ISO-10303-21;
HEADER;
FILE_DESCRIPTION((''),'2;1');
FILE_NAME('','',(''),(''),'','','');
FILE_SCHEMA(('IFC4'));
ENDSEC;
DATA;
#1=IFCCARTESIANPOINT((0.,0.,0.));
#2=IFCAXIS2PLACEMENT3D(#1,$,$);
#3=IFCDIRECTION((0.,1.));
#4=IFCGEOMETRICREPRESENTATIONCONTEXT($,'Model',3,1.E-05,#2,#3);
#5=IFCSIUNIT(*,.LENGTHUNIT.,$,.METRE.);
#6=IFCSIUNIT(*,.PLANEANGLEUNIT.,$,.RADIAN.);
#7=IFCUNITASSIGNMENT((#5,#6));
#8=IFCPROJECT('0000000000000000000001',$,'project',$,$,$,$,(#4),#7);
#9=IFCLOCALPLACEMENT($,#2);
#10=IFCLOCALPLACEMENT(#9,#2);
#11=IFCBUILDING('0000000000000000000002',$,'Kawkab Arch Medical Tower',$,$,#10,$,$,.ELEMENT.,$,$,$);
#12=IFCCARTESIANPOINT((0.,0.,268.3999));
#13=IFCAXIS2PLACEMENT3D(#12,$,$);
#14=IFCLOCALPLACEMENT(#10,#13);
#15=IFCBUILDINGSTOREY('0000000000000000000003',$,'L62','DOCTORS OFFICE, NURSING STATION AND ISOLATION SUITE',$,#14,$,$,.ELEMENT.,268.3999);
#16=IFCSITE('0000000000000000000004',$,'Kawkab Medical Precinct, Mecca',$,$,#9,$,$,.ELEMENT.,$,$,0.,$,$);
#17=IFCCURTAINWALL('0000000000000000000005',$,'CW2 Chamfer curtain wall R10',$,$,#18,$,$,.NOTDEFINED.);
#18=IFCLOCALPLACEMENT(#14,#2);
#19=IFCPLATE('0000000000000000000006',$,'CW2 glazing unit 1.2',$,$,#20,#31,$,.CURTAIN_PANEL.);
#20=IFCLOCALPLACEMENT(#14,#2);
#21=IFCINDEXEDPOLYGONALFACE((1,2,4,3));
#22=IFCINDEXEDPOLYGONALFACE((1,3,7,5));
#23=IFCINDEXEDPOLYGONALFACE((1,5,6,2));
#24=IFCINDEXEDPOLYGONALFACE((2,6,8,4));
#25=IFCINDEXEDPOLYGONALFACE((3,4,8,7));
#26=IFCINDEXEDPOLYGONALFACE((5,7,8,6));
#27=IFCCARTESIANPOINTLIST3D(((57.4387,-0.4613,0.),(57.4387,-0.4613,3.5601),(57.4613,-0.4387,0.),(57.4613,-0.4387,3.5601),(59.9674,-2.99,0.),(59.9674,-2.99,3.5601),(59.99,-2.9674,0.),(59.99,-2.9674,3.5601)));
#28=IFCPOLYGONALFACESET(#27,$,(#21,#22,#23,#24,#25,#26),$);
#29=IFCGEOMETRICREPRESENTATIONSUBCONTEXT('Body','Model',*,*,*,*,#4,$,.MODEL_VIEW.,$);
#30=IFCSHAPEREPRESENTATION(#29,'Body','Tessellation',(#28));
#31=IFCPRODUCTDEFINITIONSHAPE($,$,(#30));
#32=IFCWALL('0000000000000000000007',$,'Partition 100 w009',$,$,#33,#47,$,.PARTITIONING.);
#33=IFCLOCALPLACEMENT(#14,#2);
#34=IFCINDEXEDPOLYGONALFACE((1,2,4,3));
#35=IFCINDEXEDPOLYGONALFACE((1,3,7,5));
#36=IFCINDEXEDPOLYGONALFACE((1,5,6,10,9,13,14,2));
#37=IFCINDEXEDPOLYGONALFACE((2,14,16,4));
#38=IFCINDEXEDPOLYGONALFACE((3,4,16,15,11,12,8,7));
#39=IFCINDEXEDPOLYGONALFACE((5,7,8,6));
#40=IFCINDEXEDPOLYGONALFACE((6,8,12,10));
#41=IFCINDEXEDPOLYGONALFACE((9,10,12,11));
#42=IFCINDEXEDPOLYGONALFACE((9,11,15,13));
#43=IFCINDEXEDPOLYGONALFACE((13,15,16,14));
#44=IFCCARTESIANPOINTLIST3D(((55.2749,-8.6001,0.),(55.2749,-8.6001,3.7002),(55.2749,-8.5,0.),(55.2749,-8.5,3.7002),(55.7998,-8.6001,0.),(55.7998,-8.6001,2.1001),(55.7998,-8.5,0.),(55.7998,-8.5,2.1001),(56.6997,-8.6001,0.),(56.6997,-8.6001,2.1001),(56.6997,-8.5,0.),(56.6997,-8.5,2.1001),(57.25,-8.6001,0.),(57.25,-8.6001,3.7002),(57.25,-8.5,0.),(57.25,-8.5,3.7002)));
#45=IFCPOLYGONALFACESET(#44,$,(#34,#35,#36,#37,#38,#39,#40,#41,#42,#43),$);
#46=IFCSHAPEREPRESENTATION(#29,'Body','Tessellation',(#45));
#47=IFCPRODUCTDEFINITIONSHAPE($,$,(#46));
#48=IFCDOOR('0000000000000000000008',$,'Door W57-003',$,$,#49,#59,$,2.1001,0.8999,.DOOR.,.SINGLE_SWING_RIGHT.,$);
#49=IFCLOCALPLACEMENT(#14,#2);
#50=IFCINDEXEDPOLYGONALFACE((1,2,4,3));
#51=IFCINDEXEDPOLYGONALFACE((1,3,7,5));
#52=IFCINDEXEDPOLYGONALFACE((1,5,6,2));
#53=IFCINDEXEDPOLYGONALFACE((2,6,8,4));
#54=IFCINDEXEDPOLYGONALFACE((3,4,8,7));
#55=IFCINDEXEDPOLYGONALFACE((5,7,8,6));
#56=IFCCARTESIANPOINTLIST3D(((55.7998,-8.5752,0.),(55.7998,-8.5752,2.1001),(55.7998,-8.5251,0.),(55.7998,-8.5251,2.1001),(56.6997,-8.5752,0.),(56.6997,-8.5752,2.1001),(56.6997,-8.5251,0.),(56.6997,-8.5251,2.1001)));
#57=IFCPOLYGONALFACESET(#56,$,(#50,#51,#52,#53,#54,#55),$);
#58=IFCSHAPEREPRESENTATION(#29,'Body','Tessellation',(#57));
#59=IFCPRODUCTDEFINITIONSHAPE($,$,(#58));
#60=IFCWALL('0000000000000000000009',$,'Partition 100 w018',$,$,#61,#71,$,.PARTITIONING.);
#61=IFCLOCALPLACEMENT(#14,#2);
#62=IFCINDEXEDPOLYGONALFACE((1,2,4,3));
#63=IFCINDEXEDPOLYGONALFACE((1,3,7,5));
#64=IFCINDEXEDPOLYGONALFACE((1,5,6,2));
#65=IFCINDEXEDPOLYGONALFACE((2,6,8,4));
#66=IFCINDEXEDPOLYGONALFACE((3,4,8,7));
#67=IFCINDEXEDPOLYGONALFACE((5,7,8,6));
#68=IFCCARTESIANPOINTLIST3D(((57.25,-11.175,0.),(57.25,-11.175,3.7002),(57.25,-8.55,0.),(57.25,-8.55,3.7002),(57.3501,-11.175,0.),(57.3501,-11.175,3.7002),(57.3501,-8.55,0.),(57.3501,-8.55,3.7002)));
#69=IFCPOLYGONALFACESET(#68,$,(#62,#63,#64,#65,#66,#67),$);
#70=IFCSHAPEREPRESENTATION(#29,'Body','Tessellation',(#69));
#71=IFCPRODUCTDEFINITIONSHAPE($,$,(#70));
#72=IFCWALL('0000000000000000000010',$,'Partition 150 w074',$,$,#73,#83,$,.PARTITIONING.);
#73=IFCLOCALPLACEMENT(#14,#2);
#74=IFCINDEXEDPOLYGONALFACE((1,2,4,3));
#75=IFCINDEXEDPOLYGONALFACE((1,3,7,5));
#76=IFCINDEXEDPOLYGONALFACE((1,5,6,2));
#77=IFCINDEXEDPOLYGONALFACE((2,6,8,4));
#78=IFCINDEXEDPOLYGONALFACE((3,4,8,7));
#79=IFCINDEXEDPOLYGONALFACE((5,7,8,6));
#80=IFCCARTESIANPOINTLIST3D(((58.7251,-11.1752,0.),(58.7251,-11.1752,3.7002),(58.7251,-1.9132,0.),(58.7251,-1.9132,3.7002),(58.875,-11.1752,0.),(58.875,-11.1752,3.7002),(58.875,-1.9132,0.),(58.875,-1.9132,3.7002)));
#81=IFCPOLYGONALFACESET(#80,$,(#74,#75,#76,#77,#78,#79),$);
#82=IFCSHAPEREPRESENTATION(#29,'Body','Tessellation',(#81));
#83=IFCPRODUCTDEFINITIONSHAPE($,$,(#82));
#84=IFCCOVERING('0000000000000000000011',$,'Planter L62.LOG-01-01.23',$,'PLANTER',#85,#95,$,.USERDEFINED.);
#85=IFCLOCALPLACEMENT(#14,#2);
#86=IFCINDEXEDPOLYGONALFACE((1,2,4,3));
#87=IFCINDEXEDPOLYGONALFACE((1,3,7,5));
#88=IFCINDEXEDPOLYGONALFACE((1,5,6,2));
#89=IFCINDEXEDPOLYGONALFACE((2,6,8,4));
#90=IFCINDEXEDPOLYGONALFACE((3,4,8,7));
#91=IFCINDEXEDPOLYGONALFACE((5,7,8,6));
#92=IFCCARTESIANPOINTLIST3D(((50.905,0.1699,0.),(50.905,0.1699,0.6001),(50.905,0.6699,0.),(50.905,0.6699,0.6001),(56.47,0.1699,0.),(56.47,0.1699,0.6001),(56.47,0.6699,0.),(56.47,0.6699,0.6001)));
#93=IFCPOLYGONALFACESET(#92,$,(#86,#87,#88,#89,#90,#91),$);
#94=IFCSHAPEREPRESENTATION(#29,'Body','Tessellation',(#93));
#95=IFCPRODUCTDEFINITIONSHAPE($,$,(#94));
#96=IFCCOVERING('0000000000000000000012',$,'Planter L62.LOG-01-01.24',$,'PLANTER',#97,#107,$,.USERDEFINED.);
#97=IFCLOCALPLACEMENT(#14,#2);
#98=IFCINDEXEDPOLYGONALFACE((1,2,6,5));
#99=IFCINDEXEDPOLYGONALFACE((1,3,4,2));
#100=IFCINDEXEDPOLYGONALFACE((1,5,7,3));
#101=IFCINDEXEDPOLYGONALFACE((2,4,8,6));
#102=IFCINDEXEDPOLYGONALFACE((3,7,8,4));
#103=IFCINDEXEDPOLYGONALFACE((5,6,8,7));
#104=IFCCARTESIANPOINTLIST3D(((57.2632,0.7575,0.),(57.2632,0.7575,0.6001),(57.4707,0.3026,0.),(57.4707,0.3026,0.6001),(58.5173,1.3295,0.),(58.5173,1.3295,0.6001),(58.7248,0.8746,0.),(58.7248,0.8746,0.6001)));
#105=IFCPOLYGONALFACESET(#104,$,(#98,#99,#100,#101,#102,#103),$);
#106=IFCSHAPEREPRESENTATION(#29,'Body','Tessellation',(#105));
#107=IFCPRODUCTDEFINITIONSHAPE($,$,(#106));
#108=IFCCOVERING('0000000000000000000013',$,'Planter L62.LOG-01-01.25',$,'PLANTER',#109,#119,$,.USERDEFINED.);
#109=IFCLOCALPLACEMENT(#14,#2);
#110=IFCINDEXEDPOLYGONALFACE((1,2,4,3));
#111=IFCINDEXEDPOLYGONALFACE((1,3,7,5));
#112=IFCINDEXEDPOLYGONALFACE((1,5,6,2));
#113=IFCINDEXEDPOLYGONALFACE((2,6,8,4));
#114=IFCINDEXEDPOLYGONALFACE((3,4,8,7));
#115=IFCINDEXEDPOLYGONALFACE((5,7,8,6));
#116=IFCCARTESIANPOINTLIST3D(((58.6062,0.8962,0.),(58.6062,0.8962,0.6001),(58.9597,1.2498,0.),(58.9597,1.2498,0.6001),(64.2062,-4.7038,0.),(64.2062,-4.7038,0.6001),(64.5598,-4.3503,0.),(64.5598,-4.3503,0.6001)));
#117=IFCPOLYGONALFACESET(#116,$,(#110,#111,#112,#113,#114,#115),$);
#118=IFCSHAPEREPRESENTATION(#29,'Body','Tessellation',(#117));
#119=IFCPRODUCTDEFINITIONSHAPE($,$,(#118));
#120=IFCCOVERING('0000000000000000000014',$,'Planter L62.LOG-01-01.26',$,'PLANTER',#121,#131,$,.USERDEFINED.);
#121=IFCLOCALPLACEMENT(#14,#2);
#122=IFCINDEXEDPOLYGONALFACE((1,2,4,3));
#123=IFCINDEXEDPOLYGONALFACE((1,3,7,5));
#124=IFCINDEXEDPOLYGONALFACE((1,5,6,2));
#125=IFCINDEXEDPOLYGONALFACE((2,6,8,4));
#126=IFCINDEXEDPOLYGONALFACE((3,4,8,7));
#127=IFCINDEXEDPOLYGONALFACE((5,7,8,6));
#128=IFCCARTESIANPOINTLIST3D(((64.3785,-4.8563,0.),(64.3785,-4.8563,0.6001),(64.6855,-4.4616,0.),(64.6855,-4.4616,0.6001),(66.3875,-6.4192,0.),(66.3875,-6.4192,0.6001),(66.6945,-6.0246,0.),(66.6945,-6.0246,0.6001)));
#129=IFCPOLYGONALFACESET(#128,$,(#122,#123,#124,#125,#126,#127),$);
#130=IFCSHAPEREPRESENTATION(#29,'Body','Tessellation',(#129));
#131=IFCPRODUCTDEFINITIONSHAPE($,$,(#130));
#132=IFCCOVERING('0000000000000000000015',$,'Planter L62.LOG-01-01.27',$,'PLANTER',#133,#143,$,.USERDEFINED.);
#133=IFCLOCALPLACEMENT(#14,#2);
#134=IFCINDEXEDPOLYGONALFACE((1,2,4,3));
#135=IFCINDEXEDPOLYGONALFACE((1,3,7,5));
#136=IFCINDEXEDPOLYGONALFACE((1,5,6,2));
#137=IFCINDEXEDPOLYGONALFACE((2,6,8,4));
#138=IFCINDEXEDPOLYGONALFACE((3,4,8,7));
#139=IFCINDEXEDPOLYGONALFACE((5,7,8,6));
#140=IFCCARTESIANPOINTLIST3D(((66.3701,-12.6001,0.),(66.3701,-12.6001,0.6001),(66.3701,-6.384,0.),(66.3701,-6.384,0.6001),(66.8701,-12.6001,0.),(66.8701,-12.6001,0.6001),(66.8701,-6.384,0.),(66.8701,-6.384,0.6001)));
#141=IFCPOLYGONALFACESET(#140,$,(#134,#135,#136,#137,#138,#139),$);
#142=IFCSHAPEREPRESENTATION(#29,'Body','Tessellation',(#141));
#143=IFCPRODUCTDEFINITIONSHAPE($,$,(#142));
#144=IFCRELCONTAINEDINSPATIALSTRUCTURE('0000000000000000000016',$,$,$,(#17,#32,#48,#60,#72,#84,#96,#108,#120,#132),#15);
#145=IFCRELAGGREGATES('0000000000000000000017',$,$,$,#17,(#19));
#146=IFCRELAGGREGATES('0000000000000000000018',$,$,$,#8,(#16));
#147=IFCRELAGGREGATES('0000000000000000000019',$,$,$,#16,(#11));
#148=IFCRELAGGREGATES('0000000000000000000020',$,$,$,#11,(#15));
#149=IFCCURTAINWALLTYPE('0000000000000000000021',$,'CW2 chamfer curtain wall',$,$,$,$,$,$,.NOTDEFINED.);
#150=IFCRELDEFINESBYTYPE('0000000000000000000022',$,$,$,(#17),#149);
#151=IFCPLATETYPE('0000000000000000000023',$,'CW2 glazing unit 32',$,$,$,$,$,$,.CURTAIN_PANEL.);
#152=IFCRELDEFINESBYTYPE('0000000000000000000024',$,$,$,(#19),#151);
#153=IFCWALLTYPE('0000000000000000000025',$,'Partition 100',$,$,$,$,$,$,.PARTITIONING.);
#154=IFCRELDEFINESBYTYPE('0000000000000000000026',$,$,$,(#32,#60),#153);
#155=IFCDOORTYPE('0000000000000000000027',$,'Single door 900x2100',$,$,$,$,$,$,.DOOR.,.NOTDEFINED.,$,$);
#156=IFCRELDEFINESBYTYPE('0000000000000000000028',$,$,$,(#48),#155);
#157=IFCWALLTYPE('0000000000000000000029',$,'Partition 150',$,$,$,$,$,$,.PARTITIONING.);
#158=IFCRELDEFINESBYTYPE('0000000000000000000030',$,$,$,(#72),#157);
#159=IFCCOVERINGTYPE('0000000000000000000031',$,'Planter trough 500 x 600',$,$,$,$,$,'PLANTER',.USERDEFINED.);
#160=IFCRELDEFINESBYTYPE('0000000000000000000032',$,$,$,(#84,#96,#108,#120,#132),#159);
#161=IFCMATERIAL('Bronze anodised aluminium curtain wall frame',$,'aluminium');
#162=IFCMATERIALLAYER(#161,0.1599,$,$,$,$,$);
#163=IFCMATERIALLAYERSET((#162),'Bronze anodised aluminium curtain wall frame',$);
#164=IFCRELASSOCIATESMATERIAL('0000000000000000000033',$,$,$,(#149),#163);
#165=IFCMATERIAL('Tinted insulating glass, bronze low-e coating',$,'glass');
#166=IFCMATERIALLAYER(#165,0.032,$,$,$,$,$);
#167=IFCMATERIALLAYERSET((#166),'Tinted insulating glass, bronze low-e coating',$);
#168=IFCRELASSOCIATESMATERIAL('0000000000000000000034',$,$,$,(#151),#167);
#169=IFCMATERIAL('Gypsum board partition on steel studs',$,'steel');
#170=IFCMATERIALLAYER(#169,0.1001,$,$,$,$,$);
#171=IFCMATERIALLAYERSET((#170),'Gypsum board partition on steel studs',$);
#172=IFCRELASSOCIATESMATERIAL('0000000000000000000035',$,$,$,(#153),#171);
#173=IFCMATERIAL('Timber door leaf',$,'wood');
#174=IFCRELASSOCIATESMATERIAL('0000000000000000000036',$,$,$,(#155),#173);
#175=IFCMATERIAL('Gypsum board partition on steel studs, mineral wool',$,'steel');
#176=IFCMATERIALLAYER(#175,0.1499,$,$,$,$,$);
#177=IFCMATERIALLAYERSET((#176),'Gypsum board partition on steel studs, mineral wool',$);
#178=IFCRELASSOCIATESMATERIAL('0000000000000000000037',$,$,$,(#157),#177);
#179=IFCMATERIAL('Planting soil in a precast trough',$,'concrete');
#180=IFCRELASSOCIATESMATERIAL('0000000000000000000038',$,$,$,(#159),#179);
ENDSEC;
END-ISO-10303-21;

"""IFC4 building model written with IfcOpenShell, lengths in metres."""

from ifc_helpers import new_model, si_unit, direction, frame, frame_2d, origin, origin_2d, place, context, subcontext, project, spatial, rectangle, extrude, material, layer, layer_set, material_profile, profile_set, type_object, element, fill, aggregate, save


model = new_model("IFC4")

# Units and contexts
model_context = context("Model", 3, precision=1e-05, world=origin(), true_north=direction((0.0, 1.0)))
body_context = subcontext(model_context, "Body", "Model", "MODEL_VIEW")
ifc_project = project(units=[si_unit("LENGTHUNIT", "METRE"), si_unit("PLANEANGLEUNIT", "RADIAN")], contexts=[model_context])

# Site, building, storey
site_placement = place(None, origin())
site = spatial("IfcSite", under=ifc_project, at=site_placement, Name="Kawkab Medical Precinct, Mecca", CompositionType="ELEMENT", RefElevation=0.0)
building_placement = place(site_placement, origin())
building = spatial("IfcBuilding", under=site, at=building_placement, Name="Kawkab Arch Medical Tower", CompositionType="ELEMENT")
storey_placement = place(building_placement, frame((0.0, 0.0, 268.3999)))
storey = spatial("IfcBuildingStorey", under=building, at=storey_placement, Name="L62", Description="DOCTORS OFFICE, NURSING STATION AND ISOLATION SUITE", CompositionType="ELEMENT", Elevation=268.3999)

# Curtain wall
placement = place(storey_placement, origin())
ifc_material_1 = material(Name="Bronze anodised aluminium curtain wall frame", Category="aluminium")
ifc_layer_1 = layer(ifc_material_1, 0.1599)
ifc_layer_set_1 = layer_set([ifc_layer_1], Name="Bronze anodised aluminium curtain wall frame")
curtain_wall_type_1 = type_object("IfcCurtainWallType", Name="CW2 chamfer curtain wall", PredefinedType="NOTDEFINED", material=ifc_layer_set_1)
curtain_wall_1 = element("IfcCurtainWall", 1, at=placement, inside=storey, type_object=curtain_wall_type_1, Name="CW2 Chamfer curtain wall R10", PredefinedType="NOTDEFINED")

# Plate
ifc_material_2 = material(Name="Tinted insulating glass, bronze low-e coating", Category="glass")
ifc_layer_2 = layer(ifc_material_2, 0.032)
ifc_layer_set_2 = layer_set([ifc_layer_2], Name="Tinted insulating glass, bronze low-e coating")
plate_type_1 = type_object("IfcPlateType", Name="CW2 glazing unit 32", PredefinedType="CURTAIN_PANEL", material=ifc_layer_set_2)
plate_1_placement = place(storey_placement, frame((58.7144, -1.7144, 0.0), z_axis=(0.0, 0.0, 1.0), x_axis=(-0.707107, 0.707107, 0.0)))
plate_1 = element("IfcPlate", 2, at=plate_1_placement, type_object=plate_type_1, Name="CW2 glazing unit 1.2", PredefinedType="CURTAIN_PANEL", context=body_context, shape_type="SweptSolid", body=[
    extrude(rectangle(XDim=3.5762, YDim=0.032, at=origin_2d()), origin(), (0.0, 0.0, 1.0), 3.5601),
])
aggregate(curtain_wall_1, [plate_1])

# Wall, opening, door
ifc_material_3 = material(Name="Gypsum board partition on steel studs", Category="steel")
ifc_layer_3 = layer(ifc_material_3, 0.1001)
ifc_layer_set_3 = layer_set([ifc_layer_3], Name="Gypsum board partition on steel studs")
wall_type_1 = type_object("IfcWallType", Name="Partition 100", PredefinedType="PARTITIONING", material=ifc_layer_set_3)
wall_1_placement = place(storey_placement, frame((55.2749, -8.55, 0.0), z_axis=(0.0, 0.0, 1.0), x_axis=(1.0, 0.0, 0.0)))
wall_1 = element("IfcWall", 3, at=wall_1_placement, inside=storey, type_object=wall_type_1, Name="Partition 100 w009", PredefinedType="PARTITIONING", context=body_context, shape_type="SweptSolid", body=[
    extrude(rectangle(XDim=1.9751, YDim=0.1001, at=frame_2d((0.9875, 0.0))), origin(), (0.0, 0.0, 1.0), 3.7002),
])
opening_placement = place(wall_1_placement, frame((0.5249, 0.0, 0.0)))
opening = element("IfcOpeningElement", 4, at=opening_placement, cuts=wall_1, PredefinedType="OPENING", context=body_context, shape_type="SweptSolid", body=[
    extrude(rectangle(XDim=0.8999, YDim=2.1001, at=frame_2d((0.45, 1.05))), frame((0.0, 0.0601, 0.0), z_axis=(0.0, -1.0, 0.0), x_axis=(1.0, 0.0, 0.0)), (0.0, 0.0, 1.0), 0.1201),
])
ifc_material_4 = material(Name="Timber door leaf", Category="wood")
door_type = type_object("IfcDoorType", Name="Single door 900x2100", OperationType="NOTDEFINED", PredefinedType="DOOR", material=ifc_material_4)
door_placement = place(opening_placement, origin())
door = element("IfcDoor", 5, at=door_placement, inside=storey, type_object=door_type, Name="Door W57-003", OperationType="SINGLE_SWING_RIGHT", OverallHeight=2.1001, OverallWidth=0.8999, PredefinedType="DOOR", context=body_context, shape_type="SweptSolid", body=[
    extrude(rectangle(XDim=0.8999, YDim=2.1001, at=frame_2d((0.45, 1.05))), frame((0.0, 0.0249, 0.0), z_axis=(0.0, -1.0, 0.0), x_axis=(1.0, 0.0, 0.0)), (0.0, 0.0, 1.0), 0.05),
])
fill(opening, door)

# Walls
wall_2_placement = place(storey_placement, frame((57.3, -11.175, 0.0), z_axis=(0.0, 0.0, 1.0), x_axis=(0.0, 1.0, 0.0)))
element("IfcWall", 6, at=wall_2_placement, inside=storey, type_object=wall_type_1, Name="Partition 100 w018", PredefinedType="PARTITIONING", context=body_context, shape_type="SweptSolid", body=[
    extrude(rectangle(XDim=2.625, YDim=0.1001, at=frame_2d((1.3125, 0.0))), origin(), (0.0, 0.0, 1.0), 3.7002),
])
ifc_material_5 = material(Name="Gypsum board partition on steel studs, mineral wool", Category="steel")
ifc_layer_4 = layer(ifc_material_5, 0.1499)
ifc_layer_set_4 = layer_set([ifc_layer_4], Name="Gypsum board partition on steel studs, mineral wool")
wall_type_2 = type_object("IfcWallType", Name="Partition 150", PredefinedType="PARTITIONING", material=ifc_layer_set_4)
wall_3_placement = place(storey_placement, frame((58.8, -11.175, 0.0), z_axis=(0.0, 0.0, 1.0), x_axis=(0.0, 1.0, 0.0)))
element("IfcWall", 7, at=wall_3_placement, inside=storey, type_object=wall_type_2, Name="Partition 150 w074", PredefinedType="PARTITIONING", context=body_context, shape_type="SweptSolid", body=[
    extrude(rectangle(XDim=9.262, YDim=0.1499, at=frame_2d((4.6309, 0.0))), origin(), (0.0, 0.0, 1.0), 3.7002),
])

# Coverings
ifc_material_6 = material(Name="Planting soil in a precast trough", Category="concrete")
ifc_material_profile_1 = material_profile(ifc_material_6, rectangle(XDim=0.5, YDim=0.6001, at=origin_2d()), Name="Trough 500x600")
ifc_profile_set_1 = profile_set([ifc_material_profile_1], Name="Planting soil in a precast trough")
covering_type = type_object("IfcCoveringType", Name="Planter trough 500 x 600", ElementType="PLANTER", PredefinedType="USERDEFINED", material=ifc_profile_set_1)
covering_1_placement = place(storey_placement, frame((50.905, 0.4199, 0.3), z_axis=(1.0, 0.0, 0.0), x_axis=(0.0, 1.0, 0.0)))
element("IfcCovering", 8, at=covering_1_placement, inside=storey, type_object=covering_type, Name="Planter L62.LOG-01-01.23", ObjectType="PLANTER", PredefinedType="USERDEFINED", context=body_context, shape_type="SweptSolid", body=[
    extrude(rectangle(XDim=0.5, YDim=0.6001, at=origin_2d()), origin(), (0.0, 0.0, 1.0), 5.5649),
])
covering_2_placement = place(storey_placement, frame((57.3669, 0.53, 0.3), z_axis=(0.909832, 0.414977, 0.0), x_axis=(-0.414977, 0.909832, 0.0)))
element("IfcCovering", 9, at=covering_2_placement, inside=storey, type_object=covering_type, Name="Planter L62.LOG-01-01.24", ObjectType="PLANTER", PredefinedType="USERDEFINED", context=body_context, shape_type="SweptSolid", body=[
    extrude(rectangle(XDim=0.5, YDim=0.6001, at=origin_2d()), origin(), (0.0, 0.0, 1.0), 1.3784),
])
covering_3_placement = place(storey_placement, frame((58.783, 1.073, 0.3), z_axis=(0.707107, -0.707107, 0.0), x_axis=(0.707107, 0.707107, 0.0)))
element("IfcCovering", 10, at=covering_3_placement, inside=storey, type_object=covering_type, Name="Planter L62.LOG-01-01.25", ObjectType="PLANTER", PredefinedType="USERDEFINED", context=body_context, shape_type="SweptSolid", body=[
    extrude(rectangle(XDim=0.5, YDim=0.6001, at=origin_2d()), origin(), (0.0, 0.0, 1.0), 7.9197),
])
covering_4_placement = place(storey_placement, frame((64.532, -4.6589, 0.3), z_axis=(0.789275, -0.61404, 0.0), x_axis=(0.61404, 0.789275, 0.0)))
element("IfcCovering", 11, at=covering_4_placement, inside=storey, type_object=covering_type, Name="Planter L62.LOG-01-01.26", ObjectType="PLANTER", PredefinedType="USERDEFINED", context=body_context, shape_type="SweptSolid", body=[
    extrude(rectangle(XDim=0.5, YDim=0.6001, at=origin_2d()), origin(), (0.0, 0.0, 1.0), 2.5454),
])
covering_5_placement = place(storey_placement, frame((66.6201, -6.384, 0.3), z_axis=(0.0, -1.0, 0.0), x_axis=(1.0, 0.0, 0.0)))
element("IfcCovering", 12, at=covering_5_placement, inside=storey, type_object=covering_type, Name="Planter L62.LOG-01-01.27", ObjectType="PLANTER", PredefinedType="USERDEFINED", context=body_context, shape_type="SweptSolid", body=[
    extrude(rectangle(XDim=0.5, YDim=0.6001, at=origin_2d()), origin(), (0.0, 0.0, 1.0), 6.2161),
])

save(model, "model.ifc")
